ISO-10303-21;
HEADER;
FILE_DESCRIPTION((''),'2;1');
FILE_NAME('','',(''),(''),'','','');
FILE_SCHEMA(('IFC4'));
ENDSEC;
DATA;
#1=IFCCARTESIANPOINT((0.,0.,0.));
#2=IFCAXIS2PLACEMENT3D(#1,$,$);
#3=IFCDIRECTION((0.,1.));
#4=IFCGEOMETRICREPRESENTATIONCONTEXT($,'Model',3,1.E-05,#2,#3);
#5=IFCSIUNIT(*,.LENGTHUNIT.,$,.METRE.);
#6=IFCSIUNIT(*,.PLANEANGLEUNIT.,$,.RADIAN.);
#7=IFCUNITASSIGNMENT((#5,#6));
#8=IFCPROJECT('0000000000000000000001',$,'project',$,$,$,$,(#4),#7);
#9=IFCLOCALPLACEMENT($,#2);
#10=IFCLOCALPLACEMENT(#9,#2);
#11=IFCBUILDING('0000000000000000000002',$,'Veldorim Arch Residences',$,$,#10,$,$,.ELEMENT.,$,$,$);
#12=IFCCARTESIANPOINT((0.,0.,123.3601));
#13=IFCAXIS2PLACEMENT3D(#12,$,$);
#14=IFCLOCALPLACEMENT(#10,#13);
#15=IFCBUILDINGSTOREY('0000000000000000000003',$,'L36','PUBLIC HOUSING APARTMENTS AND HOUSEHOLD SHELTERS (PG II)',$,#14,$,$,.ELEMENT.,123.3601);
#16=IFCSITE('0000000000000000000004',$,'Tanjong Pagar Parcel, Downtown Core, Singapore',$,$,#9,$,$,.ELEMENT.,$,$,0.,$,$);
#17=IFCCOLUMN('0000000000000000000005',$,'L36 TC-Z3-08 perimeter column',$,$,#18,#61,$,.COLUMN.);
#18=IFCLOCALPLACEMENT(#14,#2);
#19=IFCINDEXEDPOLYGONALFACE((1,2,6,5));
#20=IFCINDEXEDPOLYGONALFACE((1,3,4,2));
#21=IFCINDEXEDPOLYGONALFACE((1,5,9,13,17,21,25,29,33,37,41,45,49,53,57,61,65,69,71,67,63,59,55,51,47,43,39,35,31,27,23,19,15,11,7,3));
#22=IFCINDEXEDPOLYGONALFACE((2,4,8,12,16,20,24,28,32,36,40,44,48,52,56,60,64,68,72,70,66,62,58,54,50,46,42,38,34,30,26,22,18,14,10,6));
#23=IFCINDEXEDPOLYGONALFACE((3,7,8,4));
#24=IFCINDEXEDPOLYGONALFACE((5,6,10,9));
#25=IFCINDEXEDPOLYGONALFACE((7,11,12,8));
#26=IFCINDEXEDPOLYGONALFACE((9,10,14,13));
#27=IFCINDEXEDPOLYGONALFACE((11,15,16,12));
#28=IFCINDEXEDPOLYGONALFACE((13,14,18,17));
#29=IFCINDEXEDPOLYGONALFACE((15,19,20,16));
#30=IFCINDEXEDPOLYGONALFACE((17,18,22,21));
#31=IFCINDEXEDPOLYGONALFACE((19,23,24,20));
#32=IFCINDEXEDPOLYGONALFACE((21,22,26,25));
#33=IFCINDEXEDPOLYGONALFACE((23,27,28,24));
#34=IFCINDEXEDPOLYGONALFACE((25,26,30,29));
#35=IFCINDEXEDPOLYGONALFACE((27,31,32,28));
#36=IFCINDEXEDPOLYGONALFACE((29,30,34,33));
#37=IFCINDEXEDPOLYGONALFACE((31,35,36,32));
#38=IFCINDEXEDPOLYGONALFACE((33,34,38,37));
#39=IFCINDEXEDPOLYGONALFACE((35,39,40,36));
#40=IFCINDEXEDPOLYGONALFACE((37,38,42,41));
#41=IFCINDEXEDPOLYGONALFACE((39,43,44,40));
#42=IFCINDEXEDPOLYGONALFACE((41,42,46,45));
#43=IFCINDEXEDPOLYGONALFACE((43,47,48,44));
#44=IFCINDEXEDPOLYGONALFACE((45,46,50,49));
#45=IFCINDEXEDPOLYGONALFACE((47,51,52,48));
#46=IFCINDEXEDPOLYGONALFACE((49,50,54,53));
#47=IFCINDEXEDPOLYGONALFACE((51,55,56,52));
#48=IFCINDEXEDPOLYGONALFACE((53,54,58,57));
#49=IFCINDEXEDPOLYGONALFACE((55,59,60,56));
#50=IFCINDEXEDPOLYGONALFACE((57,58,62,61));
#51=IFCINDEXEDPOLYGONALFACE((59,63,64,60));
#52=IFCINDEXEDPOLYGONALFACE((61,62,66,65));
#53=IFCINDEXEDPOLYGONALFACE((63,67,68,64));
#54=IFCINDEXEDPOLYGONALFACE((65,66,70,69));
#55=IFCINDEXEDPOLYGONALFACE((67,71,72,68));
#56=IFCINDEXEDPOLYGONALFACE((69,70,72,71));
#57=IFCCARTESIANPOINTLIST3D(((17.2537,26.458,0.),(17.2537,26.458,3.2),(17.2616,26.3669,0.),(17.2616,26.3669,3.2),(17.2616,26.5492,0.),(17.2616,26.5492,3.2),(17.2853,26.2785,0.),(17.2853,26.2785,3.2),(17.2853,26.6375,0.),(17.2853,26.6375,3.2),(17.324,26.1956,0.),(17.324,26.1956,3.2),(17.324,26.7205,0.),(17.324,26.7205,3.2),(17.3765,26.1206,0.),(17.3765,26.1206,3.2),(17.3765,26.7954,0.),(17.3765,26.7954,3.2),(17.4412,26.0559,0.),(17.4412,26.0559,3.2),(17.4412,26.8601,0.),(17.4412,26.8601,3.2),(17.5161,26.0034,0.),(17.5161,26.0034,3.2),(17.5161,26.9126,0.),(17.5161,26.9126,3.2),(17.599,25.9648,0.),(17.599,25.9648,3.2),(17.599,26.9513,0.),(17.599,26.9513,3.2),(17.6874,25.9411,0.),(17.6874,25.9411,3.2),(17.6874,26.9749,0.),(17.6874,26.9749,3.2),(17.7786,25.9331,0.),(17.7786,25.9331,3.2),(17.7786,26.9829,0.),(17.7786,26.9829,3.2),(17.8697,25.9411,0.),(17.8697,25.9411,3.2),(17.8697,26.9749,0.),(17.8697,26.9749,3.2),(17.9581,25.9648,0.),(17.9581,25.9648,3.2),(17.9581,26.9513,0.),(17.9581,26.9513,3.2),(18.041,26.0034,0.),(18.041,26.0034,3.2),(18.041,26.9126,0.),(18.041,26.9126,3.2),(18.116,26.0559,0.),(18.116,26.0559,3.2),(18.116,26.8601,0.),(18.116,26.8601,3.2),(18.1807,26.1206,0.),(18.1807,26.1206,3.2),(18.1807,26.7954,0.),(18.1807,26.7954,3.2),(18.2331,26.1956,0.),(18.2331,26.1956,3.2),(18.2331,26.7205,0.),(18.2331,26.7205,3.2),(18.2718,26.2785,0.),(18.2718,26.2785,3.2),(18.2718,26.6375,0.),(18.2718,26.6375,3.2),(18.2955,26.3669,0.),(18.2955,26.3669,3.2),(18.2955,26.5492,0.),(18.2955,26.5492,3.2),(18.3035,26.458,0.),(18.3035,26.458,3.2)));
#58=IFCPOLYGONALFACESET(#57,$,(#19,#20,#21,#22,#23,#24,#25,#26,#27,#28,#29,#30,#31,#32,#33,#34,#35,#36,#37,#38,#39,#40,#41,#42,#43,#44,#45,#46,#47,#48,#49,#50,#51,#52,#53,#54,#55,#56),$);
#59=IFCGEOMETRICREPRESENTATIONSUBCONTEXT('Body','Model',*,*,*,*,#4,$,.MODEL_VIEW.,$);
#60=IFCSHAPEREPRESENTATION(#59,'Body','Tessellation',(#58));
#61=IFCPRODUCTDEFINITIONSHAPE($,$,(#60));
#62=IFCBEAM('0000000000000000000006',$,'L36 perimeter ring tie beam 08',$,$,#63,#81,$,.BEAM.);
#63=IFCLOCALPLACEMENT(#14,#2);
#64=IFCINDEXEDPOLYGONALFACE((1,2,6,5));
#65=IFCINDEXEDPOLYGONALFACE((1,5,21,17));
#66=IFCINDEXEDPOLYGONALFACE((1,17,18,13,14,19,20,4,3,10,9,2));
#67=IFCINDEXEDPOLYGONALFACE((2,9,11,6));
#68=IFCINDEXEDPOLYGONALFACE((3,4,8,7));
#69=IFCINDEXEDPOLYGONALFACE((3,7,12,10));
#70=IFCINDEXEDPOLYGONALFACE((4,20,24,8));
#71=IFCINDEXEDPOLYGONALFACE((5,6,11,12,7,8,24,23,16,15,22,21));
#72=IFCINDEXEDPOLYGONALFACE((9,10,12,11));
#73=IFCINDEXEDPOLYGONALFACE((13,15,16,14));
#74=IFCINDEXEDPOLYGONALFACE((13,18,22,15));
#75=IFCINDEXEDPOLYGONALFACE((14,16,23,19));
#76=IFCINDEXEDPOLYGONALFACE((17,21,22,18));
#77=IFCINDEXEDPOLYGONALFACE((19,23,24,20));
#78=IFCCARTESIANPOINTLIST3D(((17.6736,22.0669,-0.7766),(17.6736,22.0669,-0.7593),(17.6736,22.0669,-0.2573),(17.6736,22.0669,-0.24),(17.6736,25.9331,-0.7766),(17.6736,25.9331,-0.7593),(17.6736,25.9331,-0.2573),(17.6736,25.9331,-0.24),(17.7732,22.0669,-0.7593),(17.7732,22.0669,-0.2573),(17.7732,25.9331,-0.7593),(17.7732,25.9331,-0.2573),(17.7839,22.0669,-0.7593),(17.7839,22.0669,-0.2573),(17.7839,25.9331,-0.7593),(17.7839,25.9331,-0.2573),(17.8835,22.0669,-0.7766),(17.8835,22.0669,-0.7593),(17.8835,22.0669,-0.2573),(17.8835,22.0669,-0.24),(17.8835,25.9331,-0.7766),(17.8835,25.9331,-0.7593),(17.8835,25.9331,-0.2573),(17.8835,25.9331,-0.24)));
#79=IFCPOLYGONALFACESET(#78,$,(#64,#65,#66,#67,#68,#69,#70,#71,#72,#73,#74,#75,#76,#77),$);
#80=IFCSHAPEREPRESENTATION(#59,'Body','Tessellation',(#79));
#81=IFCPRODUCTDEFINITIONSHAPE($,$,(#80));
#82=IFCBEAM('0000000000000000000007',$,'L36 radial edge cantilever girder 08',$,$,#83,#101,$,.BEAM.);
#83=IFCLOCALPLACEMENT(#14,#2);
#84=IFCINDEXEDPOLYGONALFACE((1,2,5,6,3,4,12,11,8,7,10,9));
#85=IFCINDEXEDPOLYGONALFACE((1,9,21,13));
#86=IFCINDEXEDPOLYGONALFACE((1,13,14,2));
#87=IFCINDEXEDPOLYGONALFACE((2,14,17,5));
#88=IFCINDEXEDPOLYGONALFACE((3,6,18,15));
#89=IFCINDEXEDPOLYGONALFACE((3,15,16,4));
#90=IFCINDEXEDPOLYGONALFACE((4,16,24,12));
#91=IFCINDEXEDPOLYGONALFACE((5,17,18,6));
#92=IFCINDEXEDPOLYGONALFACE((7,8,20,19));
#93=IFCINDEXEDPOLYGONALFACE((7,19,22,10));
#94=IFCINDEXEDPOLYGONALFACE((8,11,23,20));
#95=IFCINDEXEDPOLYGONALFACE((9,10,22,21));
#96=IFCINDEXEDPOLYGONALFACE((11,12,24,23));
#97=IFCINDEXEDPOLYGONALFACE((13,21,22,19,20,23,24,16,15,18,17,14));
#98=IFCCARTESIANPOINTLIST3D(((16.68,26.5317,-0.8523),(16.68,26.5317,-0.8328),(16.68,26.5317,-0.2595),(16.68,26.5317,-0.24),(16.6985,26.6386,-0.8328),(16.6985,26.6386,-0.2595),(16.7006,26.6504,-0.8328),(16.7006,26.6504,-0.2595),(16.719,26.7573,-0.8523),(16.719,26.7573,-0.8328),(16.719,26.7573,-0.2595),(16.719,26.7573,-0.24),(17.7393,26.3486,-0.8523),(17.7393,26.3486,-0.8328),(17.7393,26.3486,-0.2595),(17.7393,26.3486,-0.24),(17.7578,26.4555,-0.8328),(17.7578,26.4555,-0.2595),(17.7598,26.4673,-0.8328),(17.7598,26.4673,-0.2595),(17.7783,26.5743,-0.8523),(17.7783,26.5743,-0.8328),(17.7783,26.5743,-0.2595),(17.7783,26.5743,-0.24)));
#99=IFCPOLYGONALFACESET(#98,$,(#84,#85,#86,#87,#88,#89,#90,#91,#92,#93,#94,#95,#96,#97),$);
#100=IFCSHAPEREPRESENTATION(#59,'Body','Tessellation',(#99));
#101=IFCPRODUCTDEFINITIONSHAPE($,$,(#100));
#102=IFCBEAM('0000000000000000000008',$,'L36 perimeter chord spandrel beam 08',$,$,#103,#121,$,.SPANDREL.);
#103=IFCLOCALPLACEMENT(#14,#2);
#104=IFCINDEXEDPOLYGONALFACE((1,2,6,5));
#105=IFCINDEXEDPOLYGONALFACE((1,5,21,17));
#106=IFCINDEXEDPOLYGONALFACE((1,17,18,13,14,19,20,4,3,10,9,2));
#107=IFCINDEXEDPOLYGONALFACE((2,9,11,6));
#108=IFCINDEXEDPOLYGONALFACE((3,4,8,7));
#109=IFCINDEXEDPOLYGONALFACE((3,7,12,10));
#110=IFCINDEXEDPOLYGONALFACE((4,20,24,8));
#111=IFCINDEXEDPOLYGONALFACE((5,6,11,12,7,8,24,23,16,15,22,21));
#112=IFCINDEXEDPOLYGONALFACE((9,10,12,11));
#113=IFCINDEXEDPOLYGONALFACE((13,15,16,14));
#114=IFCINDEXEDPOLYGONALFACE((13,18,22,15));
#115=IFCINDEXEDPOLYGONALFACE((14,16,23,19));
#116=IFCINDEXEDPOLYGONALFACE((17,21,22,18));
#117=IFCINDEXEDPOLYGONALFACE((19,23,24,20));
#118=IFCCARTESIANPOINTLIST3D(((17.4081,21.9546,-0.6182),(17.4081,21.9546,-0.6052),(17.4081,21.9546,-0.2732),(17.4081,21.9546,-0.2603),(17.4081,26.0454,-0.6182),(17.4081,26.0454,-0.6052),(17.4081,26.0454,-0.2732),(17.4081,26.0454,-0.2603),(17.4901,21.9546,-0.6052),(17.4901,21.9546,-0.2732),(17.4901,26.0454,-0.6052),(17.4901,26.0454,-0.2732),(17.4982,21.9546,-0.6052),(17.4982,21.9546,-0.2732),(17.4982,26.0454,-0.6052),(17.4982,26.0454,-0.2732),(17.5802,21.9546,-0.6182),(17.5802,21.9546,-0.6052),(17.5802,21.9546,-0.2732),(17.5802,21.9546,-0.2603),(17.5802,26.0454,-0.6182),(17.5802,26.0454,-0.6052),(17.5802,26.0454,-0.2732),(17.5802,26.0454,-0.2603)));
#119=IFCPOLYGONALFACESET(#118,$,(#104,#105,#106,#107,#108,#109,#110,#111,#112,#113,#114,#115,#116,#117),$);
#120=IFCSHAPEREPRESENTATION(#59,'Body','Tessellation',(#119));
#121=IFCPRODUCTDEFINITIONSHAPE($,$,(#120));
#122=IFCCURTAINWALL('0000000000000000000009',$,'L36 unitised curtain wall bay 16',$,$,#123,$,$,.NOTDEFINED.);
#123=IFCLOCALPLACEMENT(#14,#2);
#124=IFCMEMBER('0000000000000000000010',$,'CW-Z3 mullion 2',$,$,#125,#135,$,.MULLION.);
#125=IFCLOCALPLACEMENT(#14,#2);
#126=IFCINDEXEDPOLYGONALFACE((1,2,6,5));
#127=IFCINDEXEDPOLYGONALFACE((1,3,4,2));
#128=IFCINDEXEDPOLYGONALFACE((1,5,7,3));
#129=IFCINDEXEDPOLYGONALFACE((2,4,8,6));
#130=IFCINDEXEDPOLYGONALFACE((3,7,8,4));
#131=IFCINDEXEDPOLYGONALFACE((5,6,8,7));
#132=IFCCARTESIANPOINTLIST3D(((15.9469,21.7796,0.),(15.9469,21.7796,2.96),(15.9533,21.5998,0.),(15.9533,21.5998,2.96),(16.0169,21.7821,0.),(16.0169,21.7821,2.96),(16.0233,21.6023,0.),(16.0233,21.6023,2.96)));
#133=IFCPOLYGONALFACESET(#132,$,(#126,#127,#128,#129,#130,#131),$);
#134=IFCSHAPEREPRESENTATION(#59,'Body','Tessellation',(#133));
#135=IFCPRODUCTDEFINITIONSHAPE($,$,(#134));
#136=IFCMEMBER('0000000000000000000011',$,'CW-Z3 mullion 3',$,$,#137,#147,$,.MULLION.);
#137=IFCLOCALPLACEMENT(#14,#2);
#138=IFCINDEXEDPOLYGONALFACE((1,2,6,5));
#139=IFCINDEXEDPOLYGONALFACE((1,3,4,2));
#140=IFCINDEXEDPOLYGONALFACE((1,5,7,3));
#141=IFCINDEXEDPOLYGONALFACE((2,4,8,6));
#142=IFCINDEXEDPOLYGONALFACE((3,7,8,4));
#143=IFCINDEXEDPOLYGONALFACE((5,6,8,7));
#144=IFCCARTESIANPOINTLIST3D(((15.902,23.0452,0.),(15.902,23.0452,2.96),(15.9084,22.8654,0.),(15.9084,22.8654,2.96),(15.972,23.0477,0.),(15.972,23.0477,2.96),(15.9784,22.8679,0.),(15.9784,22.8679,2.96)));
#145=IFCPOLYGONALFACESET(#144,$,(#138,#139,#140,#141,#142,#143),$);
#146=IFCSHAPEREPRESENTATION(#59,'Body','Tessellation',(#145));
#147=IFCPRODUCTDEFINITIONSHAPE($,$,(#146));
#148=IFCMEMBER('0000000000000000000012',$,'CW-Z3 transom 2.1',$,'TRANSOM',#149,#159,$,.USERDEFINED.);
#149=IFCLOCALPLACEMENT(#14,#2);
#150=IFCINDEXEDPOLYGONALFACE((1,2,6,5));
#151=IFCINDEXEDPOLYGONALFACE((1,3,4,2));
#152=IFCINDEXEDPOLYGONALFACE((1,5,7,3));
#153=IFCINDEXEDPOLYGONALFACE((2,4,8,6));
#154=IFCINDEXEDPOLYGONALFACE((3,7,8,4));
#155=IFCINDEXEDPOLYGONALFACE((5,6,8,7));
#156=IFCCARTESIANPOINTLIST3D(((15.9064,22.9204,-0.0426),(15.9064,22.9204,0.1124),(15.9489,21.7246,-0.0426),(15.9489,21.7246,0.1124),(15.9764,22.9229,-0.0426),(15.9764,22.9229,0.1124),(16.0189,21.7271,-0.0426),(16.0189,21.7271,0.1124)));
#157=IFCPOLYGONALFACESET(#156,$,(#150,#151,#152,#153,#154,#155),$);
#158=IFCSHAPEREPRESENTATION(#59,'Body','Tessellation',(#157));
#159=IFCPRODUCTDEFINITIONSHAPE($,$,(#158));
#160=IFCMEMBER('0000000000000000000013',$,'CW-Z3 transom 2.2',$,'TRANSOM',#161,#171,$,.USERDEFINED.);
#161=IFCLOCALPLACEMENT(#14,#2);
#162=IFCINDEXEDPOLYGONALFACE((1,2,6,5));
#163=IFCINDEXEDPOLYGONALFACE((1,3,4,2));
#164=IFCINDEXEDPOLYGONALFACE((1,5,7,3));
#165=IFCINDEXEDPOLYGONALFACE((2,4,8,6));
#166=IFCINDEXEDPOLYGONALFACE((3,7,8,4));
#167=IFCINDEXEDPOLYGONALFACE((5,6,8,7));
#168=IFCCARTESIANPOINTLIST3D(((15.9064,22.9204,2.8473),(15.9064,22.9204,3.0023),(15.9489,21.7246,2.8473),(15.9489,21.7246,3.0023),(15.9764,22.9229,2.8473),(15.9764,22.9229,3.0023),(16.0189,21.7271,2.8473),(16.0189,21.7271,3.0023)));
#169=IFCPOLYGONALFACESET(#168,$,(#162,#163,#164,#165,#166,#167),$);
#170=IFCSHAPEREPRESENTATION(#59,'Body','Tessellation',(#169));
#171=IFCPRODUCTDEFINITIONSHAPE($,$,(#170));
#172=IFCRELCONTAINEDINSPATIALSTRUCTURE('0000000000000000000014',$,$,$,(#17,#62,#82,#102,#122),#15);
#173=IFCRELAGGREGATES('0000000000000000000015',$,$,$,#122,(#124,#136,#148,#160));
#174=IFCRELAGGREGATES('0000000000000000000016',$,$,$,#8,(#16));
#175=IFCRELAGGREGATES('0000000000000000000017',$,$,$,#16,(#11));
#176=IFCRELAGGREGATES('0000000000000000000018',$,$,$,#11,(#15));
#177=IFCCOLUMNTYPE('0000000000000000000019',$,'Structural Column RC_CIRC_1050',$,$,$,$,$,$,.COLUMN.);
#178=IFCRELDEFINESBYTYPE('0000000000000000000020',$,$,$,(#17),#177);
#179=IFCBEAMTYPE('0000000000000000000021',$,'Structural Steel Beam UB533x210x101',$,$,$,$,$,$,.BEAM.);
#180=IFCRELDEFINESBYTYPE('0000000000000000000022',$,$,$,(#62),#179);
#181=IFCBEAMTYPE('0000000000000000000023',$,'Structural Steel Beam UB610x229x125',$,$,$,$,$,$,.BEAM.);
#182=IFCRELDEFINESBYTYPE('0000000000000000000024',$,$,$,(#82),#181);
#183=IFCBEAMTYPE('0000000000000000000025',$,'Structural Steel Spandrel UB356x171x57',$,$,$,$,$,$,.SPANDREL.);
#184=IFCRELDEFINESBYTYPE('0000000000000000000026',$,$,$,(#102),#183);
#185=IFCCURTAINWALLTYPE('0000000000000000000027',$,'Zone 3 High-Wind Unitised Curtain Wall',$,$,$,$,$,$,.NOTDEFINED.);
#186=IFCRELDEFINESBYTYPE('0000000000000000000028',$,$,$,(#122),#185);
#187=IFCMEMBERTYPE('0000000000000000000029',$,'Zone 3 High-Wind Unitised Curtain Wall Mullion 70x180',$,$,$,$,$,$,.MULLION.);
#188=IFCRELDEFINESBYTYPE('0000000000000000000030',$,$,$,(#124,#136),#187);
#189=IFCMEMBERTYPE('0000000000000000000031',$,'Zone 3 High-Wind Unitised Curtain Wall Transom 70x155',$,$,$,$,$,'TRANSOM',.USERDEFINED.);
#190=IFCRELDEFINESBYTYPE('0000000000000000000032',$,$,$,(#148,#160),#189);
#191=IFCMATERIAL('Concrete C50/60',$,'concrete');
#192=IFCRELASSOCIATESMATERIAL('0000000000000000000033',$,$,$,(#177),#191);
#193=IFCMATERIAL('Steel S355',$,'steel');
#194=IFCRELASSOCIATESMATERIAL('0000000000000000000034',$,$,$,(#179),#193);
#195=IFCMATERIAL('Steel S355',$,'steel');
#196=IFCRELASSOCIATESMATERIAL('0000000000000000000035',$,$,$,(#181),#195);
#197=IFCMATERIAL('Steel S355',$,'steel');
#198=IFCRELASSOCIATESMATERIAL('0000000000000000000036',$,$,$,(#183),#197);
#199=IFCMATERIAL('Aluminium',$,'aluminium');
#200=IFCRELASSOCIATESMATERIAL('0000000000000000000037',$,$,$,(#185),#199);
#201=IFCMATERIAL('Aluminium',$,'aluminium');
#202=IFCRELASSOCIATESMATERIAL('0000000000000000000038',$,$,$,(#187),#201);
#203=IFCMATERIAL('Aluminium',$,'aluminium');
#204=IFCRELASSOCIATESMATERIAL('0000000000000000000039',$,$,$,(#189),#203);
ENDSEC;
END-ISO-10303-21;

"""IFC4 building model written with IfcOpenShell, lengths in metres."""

from ifc_helpers import new_model, si_unit, direction, frame, origin, origin_2d, place, context, subcontext, project, spatial, rectangle, circle, i_section, extrude, material, material_profile, profile_set, type_object, element, aggregate, save


model = new_model("IFC4")

# Units and contexts
model_context = context("Model", 3, precision=1e-05, world=origin(), true_north=direction((0.0, 1.0)))
body_context = subcontext(model_context, "Body", "Model", "MODEL_VIEW")
ifc_project = project(units=[si_unit("LENGTHUNIT", "METRE"), si_unit("PLANEANGLEUNIT", "RADIAN")], contexts=[model_context])

# Site, building, storey
site_placement = place(None, origin())
site = spatial("IfcSite", under=ifc_project, at=site_placement, Name="Tanjong Pagar Parcel, Downtown Core, Singapore", CompositionType="ELEMENT", RefElevation=0.0)
building_placement = place(site_placement, origin())
building = spatial("IfcBuilding", under=site, at=building_placement, Name="Veldorim Arch Residences", CompositionType="ELEMENT")
storey_placement = place(building_placement, frame((0.0, 0.0, 123.3601)))
storey = spatial("IfcBuildingStorey", under=building, at=storey_placement, Name="L36", Description="PUBLIC HOUSING APARTMENTS AND HOUSEHOLD SHELTERS (PG II)", CompositionType="ELEMENT", Elevation=123.3601)

# Column
ifc_material_1 = material(Name="Concrete C50/60", Category="concrete")
ifc_material_profile_1 = material_profile(ifc_material_1, circle(Radius=0.5249, at=origin_2d()), Name="RC_CIRC_1050")
ifc_profile_set_1 = profile_set([ifc_material_profile_1], Name="Concrete C50/60")
column_type = type_object("IfcColumnType", Name="Structural Column RC_CIRC_1050", PredefinedType="COLUMN", material=ifc_profile_set_1)
column_placement = place(storey_placement, frame((17.7786, 26.458, 0.0), z_axis=(0.0, 0.0, 1.0), x_axis=(1.0, 0.0, 0.0)))
element("IfcColumn", 1, at=column_placement, inside=storey, type_object=column_type, Name="L36 TC-Z3-08 perimeter column", PredefinedType="COLUMN", context=body_context, shape_type="SweptSolid", body=[
    extrude(circle(Radius=0.5249, at=origin_2d()), origin(), (0.0, 0.0, 1.0), 3.2),
])

# Beams
ifc_material_2 = material(Name="Steel S355", Category="steel")
ifc_material_profile_2 = material_profile(ifc_material_2, i_section(OverallWidth=0.21, OverallDepth=0.5366, WebThickness=0.0107, FlangeThickness=0.0173, at=origin_2d()), Name="UB533x210x101")
ifc_profile_set_2 = profile_set([ifc_material_profile_2], Name="Steel S355")
beam_type_1 = type_object("IfcBeamType", Name="Structural Steel Beam UB533x210x101", PredefinedType="BEAM", material=ifc_profile_set_2)
beam_1_placement = place(storey_placement, frame((17.7786, 25.9331, -0.5083), z_axis=(0.0, -1.0, 0.0), x_axis=(1.0, 0.0, 0.0)))
element("IfcBeam", 2, at=beam_1_placement, inside=storey, type_object=beam_type_1, Name="L36 perimeter ring tie beam 08", PredefinedType="BEAM", context=body_context, shape_type="SweptSolid", body=[
    extrude(i_section(OverallWidth=0.21, OverallDepth=0.5366, WebThickness=0.0107, FlangeThickness=0.0173, at=origin_2d()), origin(), (0.0, 0.0, 1.0), 3.8662),
])
ifc_material_3 = material(Name="Steel S355", Category="steel")
ifc_material_profile_3 = material_profile(ifc_material_3, i_section(OverallWidth=0.229, OverallDepth=0.6123, WebThickness=0.012, FlangeThickness=0.0195, at=origin_2d()), Name="UB610x229x125")
ifc_profile_set_3 = profile_set([ifc_material_profile_3], Name="Steel S355")
beam_type_2 = type_object("IfcBeamType", Name="Structural Steel Beam UB610x229x125", PredefinedType="BEAM", material=ifc_profile_set_3)
beam_2_placement = place(storey_placement, frame((17.7588, 26.4614, -0.5461), z_axis=(-0.985388, 0.170325, 0.0), x_axis=(-0.170325, -0.985388, 0.0)))
element("IfcBeam", 3, at=beam_2_placement, inside=storey, type_object=beam_type_2, Name="L36 radial edge cantilever girder 08", PredefinedType="BEAM", context=body_context, shape_type="SweptSolid", body=[
    extrude(i_section(OverallWidth=0.229, OverallDepth=0.6123, WebThickness=0.012, FlangeThickness=0.0195, at=origin_2d()), origin(), (0.0, 0.0, 1.0), 1.075),
])
ifc_material_4 = material(Name="Steel S355", Category="steel")
ifc_material_profile_4 = material_profile(ifc_material_4, i_section(OverallWidth=0.1721, OverallDepth=0.3579, WebThickness=0.0081, FlangeThickness=0.0129, at=origin_2d()), Name="UB356x171x57")
ifc_profile_set_4 = profile_set([ifc_material_profile_4], Name="Steel S355")
beam_type_3 = type_object("IfcBeamType", Name="Structural Steel Spandrel UB356x171x57", PredefinedType="SPANDREL", material=ifc_profile_set_4)
beam_3_placement = place(storey_placement, frame((17.4941, 26.0454, -0.4392), z_axis=(0.0, -1.0, 0.0), x_axis=(1.0, 0.0, 0.0)))
element("IfcBeam", 4, at=beam_3_placement, inside=storey, type_object=beam_type_3, Name="L36 perimeter chord spandrel beam 08", PredefinedType="SPANDREL", context=body_context, shape_type="SweptSolid", body=[
    extrude(i_section(OverallWidth=0.1721, OverallDepth=0.3579, WebThickness=0.0081, FlangeThickness=0.0129, at=origin_2d()), origin(), (0.0, 0.0, 1.0), 4.0908),
])

# Curtain wall, members
ifc_material_5 = material(Name="Aluminium", Category="aluminium")
curtain_wall_type = type_object("IfcCurtainWallType", Name="Zone 3 High-Wind Unitised Curtain Wall", PredefinedType="NOTDEFINED", material=ifc_material_5)
curtain_wall_placement = place(storey_placement, origin())
curtain_wall = element("IfcCurtainWall", 5, at=curtain_wall_placement, inside=storey, type_object=curtain_wall_type, Name="L36 unitised curtain wall bay 16", PredefinedType="NOTDEFINED")
ifc_material_6 = material(Name="Aluminium", Category="aluminium")
ifc_material_profile_5 = material_profile(ifc_material_6, rectangle(XDim=0.0701, YDim=0.1799, at=origin_2d()), Name="ALU_MUL_70x180")
ifc_profile_set_5 = profile_set([ifc_material_profile_5], Name="Aluminium")
member_type_1 = type_object("IfcMemberType", Name="Zone 3 High-Wind Unitised Curtain Wall Mullion 70x180", PredefinedType="MULLION", material=ifc_profile_set_5)
member_1_placement = place(storey_placement, frame((15.9851, 21.6909, 0.0), z_axis=(0.0, 0.0, 1.0), x_axis=(-0.99937, -0.035498, 0.0)))
member_1 = element("IfcMember", 6, at=member_1_placement, type_object=member_type_1, Name="CW-Z3 mullion 2", PredefinedType="MULLION", context=body_context, shape_type="SweptSolid", body=[
    extrude(rectangle(XDim=0.0701, YDim=0.1799, at=origin_2d()), origin(), (0.0, 0.0, 1.0), 2.96),
])
member_2_placement = place(storey_placement, frame((15.9402, 22.9565, 0.0), z_axis=(0.0, 0.0, 1.0), x_axis=(-0.99937, -0.035498, 0.0)))
member_2 = element("IfcMember", 7, at=member_2_placement, type_object=member_type_1, Name="CW-Z3 mullion 3", PredefinedType="MULLION", context=body_context, shape_type="SweptSolid", body=[
    extrude(rectangle(XDim=0.0701, YDim=0.1799, at=origin_2d()), origin(), (0.0, 0.0, 1.0), 2.96),
])
ifc_material_7 = material(Name="Aluminium", Category="aluminium")
ifc_material_profile_6 = material_profile(ifc_material_7, rectangle(XDim=0.0701, YDim=0.155, at=origin_2d()), Name="ALU_TRN_70x155")
ifc_profile_set_6 = profile_set([ifc_material_profile_6], Name="Aluminium")
member_type_2 = type_object("IfcMemberType", Name="Zone 3 High-Wind Unitised Curtain Wall Transom 70x155", ElementType="TRANSOM", PredefinedType="USERDEFINED", material=ifc_profile_set_6)
member_3_placement = place(storey_placement, frame((15.9839, 21.7258, 0.0349), z_axis=(-0.035502, 0.99937, 0.0), x_axis=(-0.99937, -0.035502, 0.0)))
member_3 = element("IfcMember", 8, at=member_3_placement, type_object=member_type_2, Name="CW-Z3 transom 2.1", ObjectType="TRANSOM", PredefinedType="USERDEFINED", context=body_context, shape_type="SweptSolid", body=[
    extrude(rectangle(XDim=0.0701, YDim=0.155, at=origin_2d()), origin(), (0.0, 0.0, 1.0), 1.1965),
])
member_4_placement = place(storey_placement, frame((15.9839, 21.7258, 2.9248), z_axis=(-0.035502, 0.99937, 0.0), x_axis=(-0.99937, -0.035502, 0.0)))
member_4 = element("IfcMember", 9, at=member_4_placement, type_object=member_type_2, Name="CW-Z3 transom 2.2", ObjectType="TRANSOM", PredefinedType="USERDEFINED", context=body_context, shape_type="SweptSolid", body=[
    extrude(rectangle(XDim=0.0701, YDim=0.155, at=origin_2d()), origin(), (0.0, 0.0, 1.0), 1.1965),
])
aggregate(curtain_wall, [member_1, member_2, member_3, member_4])

save(model, "model.ifc")
